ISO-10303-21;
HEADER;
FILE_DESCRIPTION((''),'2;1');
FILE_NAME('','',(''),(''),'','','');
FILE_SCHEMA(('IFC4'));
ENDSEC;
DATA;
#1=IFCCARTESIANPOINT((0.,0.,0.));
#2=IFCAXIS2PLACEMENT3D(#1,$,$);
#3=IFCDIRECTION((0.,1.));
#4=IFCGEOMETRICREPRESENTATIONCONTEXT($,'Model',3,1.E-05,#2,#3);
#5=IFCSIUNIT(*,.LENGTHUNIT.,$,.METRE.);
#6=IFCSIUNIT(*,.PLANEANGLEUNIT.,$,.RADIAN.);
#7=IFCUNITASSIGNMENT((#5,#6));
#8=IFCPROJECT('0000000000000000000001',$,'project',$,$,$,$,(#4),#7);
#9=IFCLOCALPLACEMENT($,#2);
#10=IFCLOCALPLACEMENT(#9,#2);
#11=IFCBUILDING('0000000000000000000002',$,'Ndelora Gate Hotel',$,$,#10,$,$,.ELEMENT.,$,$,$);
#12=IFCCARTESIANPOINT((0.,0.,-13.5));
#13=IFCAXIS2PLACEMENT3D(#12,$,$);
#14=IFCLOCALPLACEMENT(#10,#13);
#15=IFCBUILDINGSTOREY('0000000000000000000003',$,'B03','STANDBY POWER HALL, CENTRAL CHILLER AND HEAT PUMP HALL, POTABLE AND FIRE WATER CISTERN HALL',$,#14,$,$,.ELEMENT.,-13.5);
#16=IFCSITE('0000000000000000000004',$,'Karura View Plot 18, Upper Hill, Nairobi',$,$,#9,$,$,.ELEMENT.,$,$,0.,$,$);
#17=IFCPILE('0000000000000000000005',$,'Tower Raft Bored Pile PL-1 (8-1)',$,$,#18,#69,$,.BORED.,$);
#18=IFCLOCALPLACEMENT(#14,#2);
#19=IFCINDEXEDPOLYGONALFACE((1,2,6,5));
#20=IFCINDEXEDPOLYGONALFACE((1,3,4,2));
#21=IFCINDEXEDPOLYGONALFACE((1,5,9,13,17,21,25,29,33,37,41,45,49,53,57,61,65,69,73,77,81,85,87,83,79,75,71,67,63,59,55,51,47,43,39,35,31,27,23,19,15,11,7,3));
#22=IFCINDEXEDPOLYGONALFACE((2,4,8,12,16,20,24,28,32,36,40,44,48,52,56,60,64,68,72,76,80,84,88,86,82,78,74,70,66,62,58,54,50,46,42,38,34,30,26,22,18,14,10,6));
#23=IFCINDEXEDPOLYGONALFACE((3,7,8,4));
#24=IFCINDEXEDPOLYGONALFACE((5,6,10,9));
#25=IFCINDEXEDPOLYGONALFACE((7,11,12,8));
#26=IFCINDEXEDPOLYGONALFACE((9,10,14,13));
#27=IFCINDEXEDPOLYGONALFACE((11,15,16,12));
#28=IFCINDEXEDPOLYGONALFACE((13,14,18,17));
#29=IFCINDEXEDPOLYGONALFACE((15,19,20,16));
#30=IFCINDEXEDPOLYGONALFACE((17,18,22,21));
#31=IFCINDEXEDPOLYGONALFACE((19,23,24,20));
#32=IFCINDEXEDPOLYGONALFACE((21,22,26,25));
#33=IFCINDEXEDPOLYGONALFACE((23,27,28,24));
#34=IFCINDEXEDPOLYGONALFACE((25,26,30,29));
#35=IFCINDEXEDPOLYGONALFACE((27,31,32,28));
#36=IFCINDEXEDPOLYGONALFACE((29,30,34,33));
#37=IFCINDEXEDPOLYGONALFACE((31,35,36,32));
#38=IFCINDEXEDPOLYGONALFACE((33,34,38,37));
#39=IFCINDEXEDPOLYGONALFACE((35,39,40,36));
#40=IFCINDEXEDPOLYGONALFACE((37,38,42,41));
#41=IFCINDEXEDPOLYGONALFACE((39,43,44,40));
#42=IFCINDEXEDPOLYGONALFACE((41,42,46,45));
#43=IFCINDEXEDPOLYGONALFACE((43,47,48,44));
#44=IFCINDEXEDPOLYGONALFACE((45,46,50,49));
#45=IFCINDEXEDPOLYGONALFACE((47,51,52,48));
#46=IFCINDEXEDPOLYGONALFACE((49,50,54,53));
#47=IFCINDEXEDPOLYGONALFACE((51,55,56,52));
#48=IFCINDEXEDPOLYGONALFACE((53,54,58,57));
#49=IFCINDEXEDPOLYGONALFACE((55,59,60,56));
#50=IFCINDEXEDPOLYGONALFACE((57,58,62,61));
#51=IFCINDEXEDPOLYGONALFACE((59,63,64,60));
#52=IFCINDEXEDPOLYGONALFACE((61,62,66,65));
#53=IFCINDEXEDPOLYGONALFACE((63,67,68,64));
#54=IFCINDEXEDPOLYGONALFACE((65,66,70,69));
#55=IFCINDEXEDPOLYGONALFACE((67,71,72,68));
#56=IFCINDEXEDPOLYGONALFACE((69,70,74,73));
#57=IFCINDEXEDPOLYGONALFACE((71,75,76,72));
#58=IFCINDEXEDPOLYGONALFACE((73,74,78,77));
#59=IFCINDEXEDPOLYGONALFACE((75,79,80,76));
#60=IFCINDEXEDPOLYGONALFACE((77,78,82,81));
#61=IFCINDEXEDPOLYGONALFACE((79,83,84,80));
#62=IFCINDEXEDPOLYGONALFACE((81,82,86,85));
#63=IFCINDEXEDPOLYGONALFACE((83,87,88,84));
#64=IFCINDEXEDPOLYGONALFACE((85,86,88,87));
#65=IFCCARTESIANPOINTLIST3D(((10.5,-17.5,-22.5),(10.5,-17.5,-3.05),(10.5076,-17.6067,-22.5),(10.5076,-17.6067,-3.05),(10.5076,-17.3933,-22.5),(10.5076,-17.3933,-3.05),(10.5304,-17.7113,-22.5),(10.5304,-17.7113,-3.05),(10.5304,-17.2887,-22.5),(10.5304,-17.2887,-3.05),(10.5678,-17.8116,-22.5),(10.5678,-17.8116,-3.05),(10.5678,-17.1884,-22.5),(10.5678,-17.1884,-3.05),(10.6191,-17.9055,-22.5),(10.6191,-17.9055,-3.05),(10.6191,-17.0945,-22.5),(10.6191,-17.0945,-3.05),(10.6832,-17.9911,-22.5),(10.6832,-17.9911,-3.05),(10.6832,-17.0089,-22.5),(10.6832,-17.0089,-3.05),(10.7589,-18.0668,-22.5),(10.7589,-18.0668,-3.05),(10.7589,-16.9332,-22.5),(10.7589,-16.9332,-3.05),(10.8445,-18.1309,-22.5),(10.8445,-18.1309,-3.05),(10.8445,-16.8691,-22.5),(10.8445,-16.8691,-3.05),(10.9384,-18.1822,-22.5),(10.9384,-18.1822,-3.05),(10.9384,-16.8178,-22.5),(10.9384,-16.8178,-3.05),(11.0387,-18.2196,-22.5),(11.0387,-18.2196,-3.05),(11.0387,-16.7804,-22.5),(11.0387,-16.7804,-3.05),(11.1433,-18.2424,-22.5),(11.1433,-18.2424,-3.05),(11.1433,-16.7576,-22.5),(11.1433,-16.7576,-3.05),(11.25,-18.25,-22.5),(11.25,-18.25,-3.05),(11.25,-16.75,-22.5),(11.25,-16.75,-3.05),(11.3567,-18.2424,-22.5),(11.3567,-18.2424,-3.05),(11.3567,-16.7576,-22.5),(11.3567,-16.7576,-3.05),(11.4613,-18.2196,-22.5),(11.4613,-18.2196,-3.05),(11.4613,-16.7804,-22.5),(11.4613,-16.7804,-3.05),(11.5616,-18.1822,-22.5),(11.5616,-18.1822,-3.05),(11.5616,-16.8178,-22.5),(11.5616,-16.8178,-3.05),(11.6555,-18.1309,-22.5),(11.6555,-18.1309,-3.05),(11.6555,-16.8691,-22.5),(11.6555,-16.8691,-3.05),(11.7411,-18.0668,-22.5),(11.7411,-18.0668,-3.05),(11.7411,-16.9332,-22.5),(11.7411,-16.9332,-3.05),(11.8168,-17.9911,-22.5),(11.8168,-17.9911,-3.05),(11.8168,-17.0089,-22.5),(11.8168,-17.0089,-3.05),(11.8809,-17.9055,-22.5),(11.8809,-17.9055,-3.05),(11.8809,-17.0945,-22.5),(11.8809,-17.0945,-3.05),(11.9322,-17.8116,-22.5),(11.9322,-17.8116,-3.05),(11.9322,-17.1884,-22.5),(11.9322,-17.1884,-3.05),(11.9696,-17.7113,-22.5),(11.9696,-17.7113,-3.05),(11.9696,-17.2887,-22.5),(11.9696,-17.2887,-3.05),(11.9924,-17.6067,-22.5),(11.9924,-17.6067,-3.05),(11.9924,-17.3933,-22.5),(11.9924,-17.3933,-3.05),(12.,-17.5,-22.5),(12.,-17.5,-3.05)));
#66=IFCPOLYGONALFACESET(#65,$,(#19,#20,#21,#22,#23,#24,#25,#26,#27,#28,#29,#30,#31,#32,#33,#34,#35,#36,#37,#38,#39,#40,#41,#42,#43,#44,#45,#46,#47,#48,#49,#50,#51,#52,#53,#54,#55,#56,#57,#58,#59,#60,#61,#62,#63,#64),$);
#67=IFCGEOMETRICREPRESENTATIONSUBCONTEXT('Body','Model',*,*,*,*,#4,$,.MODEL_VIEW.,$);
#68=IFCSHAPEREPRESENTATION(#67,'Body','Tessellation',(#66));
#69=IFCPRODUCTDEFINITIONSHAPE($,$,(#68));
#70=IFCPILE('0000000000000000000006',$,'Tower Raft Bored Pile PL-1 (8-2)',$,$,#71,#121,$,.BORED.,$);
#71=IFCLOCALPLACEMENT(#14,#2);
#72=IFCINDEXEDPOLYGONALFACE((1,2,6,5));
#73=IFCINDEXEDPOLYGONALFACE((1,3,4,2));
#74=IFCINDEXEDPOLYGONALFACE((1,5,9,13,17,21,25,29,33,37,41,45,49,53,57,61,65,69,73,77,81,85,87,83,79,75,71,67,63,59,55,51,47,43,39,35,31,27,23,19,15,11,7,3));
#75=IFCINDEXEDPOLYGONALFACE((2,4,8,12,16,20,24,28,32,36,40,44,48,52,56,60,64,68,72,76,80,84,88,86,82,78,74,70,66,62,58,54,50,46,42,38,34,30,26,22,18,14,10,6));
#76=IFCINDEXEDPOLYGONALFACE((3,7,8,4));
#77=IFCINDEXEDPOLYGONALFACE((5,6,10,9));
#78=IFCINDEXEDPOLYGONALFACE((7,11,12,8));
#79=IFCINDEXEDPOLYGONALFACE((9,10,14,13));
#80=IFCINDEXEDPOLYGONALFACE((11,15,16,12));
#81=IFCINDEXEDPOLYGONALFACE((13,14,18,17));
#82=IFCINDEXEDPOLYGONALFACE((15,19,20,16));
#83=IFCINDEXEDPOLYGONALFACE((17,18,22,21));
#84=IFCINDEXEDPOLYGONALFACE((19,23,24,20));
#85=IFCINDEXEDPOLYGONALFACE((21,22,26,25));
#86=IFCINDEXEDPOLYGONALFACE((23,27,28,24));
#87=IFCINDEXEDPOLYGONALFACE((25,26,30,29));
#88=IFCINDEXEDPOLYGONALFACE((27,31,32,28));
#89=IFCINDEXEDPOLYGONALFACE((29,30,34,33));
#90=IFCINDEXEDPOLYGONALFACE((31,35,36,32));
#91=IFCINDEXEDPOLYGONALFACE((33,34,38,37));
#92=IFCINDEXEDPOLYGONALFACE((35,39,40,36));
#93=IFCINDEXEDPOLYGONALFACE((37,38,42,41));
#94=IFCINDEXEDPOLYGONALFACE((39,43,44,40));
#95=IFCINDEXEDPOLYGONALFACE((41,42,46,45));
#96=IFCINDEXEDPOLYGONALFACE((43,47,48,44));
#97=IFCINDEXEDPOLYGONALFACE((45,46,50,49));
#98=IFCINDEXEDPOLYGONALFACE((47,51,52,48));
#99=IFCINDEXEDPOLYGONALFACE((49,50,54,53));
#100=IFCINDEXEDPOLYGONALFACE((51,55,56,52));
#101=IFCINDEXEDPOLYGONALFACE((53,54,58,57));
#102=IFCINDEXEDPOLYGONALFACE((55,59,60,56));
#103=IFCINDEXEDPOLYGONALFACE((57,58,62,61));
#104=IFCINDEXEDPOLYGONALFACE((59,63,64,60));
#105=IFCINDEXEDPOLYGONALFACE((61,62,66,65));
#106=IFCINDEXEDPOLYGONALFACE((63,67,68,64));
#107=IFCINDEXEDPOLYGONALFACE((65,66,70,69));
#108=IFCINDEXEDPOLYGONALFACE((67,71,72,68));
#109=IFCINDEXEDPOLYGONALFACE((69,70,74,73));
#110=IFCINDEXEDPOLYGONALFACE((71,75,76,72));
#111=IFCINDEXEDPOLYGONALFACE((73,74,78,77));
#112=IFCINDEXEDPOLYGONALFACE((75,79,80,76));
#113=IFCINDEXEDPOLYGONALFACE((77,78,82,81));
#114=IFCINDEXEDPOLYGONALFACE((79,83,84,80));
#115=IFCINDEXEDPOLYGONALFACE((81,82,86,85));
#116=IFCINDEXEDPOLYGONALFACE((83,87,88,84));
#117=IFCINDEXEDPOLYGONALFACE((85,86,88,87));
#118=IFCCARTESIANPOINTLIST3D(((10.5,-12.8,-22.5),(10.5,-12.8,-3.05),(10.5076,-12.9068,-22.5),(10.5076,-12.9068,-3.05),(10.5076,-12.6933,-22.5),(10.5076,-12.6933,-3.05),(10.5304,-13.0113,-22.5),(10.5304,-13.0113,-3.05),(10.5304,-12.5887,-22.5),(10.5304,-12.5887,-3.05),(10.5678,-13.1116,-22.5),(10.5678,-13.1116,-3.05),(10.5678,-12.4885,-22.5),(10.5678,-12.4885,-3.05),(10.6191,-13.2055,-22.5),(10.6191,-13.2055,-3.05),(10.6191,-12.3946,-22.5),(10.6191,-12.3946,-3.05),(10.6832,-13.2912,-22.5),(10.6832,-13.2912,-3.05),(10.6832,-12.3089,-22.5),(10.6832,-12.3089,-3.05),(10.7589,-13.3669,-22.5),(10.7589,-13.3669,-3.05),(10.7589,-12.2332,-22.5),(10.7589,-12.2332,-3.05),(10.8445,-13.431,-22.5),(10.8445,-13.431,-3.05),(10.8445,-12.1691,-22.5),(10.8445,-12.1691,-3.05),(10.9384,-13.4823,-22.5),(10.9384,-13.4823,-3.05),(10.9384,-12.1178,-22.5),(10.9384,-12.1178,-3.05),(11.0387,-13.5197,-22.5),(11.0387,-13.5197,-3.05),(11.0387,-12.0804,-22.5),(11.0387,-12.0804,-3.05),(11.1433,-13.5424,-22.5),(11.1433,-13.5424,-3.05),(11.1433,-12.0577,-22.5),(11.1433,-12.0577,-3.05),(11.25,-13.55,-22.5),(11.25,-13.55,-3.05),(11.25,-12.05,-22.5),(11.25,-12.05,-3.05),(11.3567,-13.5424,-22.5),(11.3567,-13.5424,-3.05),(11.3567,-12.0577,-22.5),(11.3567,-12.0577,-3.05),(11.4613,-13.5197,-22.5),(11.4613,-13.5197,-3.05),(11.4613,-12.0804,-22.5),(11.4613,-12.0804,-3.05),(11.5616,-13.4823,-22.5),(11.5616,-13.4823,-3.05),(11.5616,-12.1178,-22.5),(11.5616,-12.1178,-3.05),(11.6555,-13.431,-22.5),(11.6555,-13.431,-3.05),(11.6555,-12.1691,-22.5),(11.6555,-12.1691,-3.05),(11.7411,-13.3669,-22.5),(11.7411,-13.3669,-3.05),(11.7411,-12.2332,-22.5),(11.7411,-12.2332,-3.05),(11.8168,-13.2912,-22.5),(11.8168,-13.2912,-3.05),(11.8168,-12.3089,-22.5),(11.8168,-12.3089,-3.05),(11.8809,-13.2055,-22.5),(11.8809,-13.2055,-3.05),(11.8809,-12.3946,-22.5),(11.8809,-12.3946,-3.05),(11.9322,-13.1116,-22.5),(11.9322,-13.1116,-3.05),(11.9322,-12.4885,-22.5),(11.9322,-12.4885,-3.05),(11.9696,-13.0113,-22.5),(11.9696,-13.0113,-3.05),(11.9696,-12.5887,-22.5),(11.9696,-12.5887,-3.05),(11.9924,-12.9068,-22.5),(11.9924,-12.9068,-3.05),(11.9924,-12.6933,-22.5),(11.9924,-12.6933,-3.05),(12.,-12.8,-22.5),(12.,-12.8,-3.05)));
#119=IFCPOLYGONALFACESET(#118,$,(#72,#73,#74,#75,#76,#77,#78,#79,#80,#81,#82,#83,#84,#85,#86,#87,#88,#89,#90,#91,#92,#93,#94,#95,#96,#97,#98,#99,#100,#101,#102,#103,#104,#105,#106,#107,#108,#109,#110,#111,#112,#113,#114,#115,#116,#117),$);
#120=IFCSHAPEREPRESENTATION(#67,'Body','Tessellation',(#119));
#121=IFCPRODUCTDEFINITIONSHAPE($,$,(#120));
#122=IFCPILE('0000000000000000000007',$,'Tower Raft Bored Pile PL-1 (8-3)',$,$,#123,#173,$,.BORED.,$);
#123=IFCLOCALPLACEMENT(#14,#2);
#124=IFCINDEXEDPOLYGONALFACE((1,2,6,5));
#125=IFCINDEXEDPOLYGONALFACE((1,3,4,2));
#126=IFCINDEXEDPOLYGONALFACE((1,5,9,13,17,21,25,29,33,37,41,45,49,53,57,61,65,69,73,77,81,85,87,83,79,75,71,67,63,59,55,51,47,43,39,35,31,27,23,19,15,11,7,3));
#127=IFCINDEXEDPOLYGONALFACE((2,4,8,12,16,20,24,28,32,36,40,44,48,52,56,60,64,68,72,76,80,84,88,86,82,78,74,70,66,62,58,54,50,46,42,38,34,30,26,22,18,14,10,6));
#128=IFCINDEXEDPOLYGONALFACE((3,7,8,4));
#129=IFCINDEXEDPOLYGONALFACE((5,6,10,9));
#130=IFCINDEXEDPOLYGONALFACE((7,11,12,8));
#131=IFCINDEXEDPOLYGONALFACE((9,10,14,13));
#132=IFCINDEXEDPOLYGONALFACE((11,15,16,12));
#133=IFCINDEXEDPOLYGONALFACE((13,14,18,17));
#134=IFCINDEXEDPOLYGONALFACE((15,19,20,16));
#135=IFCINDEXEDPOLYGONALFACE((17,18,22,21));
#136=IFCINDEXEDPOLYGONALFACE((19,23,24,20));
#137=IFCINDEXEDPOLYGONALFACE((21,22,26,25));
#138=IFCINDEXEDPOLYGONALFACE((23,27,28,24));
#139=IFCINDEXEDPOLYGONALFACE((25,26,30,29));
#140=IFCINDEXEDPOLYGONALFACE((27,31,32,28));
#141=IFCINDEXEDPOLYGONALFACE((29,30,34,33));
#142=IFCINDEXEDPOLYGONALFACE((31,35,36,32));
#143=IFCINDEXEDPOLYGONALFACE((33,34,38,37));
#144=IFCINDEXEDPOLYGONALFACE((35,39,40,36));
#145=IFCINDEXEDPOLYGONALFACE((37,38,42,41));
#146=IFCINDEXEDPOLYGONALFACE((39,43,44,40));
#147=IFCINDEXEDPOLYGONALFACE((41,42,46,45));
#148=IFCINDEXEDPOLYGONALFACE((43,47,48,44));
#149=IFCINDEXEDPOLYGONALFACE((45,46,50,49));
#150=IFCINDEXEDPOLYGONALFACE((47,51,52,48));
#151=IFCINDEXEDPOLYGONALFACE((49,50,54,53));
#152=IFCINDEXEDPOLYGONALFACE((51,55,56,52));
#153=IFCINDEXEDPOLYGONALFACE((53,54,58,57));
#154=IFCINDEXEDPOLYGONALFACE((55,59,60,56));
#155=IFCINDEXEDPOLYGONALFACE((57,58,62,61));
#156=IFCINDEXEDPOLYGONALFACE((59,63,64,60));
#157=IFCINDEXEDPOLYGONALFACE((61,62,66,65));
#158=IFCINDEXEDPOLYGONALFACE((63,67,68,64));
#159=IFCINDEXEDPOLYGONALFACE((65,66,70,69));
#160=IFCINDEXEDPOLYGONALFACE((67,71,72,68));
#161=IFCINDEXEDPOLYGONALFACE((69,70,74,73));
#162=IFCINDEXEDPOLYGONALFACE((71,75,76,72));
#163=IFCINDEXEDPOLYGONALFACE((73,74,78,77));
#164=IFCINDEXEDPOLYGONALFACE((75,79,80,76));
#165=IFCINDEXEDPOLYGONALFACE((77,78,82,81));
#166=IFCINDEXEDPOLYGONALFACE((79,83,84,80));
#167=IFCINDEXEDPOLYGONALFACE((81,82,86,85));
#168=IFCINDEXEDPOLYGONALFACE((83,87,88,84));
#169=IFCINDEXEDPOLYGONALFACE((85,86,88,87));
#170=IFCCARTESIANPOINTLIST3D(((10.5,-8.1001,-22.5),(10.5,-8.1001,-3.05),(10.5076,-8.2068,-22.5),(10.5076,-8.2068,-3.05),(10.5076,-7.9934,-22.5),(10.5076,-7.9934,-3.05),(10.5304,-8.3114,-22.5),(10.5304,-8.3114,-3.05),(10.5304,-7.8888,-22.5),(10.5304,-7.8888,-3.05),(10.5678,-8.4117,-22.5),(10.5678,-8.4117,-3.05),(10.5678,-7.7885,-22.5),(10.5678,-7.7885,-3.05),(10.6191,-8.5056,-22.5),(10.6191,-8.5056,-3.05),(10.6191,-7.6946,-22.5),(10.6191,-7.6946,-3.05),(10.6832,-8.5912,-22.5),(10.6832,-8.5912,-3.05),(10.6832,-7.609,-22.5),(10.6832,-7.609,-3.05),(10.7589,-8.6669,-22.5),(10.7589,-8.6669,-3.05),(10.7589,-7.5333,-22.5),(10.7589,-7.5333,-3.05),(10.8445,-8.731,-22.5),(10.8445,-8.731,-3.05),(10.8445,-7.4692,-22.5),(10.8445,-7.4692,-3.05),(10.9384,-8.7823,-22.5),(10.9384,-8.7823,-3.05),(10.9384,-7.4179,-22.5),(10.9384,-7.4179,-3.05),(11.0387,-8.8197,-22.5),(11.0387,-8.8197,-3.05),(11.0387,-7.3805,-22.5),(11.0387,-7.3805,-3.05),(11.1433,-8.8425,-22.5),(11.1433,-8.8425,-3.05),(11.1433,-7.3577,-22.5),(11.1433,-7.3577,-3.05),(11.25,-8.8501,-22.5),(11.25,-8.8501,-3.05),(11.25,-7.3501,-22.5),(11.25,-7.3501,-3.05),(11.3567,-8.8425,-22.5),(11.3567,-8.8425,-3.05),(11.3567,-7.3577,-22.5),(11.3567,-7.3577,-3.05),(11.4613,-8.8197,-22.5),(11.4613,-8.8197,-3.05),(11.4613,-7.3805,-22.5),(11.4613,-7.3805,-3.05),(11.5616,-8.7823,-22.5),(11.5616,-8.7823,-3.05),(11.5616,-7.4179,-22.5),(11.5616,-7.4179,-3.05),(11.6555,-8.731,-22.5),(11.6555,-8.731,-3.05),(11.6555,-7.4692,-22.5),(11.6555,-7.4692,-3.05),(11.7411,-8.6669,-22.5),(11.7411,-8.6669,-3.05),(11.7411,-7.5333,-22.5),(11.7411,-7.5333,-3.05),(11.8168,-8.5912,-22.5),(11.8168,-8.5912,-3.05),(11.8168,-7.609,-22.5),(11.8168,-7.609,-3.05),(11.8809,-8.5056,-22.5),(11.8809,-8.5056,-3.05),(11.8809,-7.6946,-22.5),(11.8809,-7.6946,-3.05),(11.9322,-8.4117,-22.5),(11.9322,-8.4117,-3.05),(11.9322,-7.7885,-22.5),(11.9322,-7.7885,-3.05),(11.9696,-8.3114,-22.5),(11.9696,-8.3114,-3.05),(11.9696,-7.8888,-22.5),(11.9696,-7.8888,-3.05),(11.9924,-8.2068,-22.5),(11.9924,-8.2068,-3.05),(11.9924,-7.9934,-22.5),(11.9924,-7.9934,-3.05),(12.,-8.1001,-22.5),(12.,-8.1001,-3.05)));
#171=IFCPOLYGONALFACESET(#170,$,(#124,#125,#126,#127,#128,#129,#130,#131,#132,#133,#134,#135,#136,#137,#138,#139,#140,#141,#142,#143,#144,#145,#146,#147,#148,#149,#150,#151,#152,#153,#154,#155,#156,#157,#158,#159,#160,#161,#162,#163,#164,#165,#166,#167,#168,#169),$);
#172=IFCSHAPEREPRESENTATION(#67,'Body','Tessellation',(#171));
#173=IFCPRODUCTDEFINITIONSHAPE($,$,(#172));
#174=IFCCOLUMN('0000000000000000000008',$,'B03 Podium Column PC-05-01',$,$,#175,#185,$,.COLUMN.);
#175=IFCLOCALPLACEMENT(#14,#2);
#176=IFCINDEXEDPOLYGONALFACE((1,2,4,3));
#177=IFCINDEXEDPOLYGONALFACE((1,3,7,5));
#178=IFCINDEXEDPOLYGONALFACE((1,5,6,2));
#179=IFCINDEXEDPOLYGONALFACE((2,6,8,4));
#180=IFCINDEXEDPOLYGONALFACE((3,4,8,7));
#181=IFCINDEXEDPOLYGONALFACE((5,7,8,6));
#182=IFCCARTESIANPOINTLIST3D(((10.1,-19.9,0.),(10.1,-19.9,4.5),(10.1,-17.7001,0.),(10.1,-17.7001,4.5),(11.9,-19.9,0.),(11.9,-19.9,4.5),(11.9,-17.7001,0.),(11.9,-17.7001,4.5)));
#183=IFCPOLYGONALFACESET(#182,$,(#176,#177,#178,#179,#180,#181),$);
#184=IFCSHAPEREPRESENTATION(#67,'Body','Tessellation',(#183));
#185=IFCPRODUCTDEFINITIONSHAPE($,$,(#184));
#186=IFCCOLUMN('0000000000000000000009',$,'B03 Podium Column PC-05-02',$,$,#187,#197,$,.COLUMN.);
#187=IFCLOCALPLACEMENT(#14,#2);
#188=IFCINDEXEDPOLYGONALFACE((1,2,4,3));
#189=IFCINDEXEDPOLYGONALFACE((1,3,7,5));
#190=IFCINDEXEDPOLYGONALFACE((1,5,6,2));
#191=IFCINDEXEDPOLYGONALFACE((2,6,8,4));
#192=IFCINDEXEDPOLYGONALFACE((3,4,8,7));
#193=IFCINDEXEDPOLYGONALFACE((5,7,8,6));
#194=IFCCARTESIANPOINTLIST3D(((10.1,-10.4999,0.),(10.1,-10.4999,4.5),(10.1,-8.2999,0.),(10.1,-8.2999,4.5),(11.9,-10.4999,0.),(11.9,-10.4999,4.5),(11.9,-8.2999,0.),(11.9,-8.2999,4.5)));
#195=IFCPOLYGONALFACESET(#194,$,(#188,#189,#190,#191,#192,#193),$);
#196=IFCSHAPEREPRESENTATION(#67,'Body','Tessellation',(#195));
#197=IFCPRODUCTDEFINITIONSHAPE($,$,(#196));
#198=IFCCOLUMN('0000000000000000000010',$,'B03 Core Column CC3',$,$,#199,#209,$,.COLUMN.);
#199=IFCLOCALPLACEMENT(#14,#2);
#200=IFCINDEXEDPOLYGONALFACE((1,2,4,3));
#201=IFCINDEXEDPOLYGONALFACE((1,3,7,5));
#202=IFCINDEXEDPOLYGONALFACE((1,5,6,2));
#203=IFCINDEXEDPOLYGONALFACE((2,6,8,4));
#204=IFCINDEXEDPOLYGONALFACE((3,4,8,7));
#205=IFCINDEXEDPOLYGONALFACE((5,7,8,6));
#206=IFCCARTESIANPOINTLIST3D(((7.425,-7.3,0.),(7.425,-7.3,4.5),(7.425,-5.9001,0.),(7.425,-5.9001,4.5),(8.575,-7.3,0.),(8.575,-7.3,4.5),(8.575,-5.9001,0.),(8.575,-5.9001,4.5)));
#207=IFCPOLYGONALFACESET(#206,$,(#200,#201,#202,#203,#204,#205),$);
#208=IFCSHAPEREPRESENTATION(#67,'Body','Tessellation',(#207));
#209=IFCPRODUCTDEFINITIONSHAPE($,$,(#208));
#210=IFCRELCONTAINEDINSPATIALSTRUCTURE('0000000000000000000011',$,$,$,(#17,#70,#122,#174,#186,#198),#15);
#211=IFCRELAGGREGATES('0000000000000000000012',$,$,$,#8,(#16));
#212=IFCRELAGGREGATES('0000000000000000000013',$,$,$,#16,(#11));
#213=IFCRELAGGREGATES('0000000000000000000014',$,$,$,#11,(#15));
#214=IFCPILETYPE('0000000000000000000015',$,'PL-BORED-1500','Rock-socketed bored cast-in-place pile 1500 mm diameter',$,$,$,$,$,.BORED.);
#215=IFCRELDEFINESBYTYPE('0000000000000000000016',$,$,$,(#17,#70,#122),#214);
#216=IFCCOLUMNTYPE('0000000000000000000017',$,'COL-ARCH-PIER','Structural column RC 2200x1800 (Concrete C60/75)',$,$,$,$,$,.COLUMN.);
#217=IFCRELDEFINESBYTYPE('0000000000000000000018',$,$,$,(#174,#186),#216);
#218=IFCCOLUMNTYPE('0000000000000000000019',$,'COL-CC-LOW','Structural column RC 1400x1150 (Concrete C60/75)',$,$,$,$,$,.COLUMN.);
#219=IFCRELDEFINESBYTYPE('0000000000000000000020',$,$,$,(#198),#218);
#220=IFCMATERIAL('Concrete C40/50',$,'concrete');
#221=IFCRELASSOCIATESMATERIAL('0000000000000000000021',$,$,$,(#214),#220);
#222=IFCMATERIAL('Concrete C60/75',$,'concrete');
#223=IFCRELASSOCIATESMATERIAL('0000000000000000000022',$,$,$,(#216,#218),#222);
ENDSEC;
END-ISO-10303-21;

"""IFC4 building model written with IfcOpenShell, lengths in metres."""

from ifc_helpers import new_model, si_unit, direction, frame, origin, origin_2d, place, context, subcontext, project, spatial, rectangle, circle, extrude, material, material_profile, profile_set, type_object, element, save


model = new_model("IFC4")

# Units and contexts
model_context = context("Model", 3, precision=1e-05, world=origin(), true_north=direction((0.0, 1.0)))
body_context = subcontext(model_context, "Body", "Model", "MODEL_VIEW")
ifc_project = project(units=[si_unit("LENGTHUNIT", "METRE"), si_unit("PLANEANGLEUNIT", "RADIAN")], contexts=[model_context])

# Site, building, storey
site_placement = place(None, origin())
site = spatial("IfcSite", under=ifc_project, at=site_placement, Name="Karura View Plot 18, Upper Hill, Nairobi", CompositionType="ELEMENT", RefElevation=0.0)
building_placement = place(site_placement, origin())
building = spatial("IfcBuilding", under=site, at=building_placement, Name="Ndelora Gate Hotel", CompositionType="ELEMENT")
storey_placement = place(building_placement, frame((0.0, 0.0, -13.5)))
storey = spatial("IfcBuildingStorey", under=building, at=storey_placement, Name="B03", Description="STANDBY POWER HALL, CENTRAL CHILLER AND HEAT PUMP HALL, POTABLE AND FIRE WATER CISTERN HALL", CompositionType="ELEMENT", Elevation=-13.5)

# Piles
ifc_material_1 = material(Name="Concrete C40/50", Category="concrete")
ifc_material_profile_1 = material_profile(ifc_material_1, circle(Radius=0.75, at=origin_2d()), Name="PILE D1500")
ifc_profile_set_1 = profile_set([ifc_material_profile_1], Name="Concrete C40/50")
pile_type = type_object("IfcPileType", Name="PL-BORED-1500", Description="Rock-socketed bored cast-in-place pile 1500 mm diameter", PredefinedType="BORED", material=ifc_profile_set_1)
for number, where, z_axis, x_axis, name in (
    (1, (11.25, -17.5, -3.05), (0.0, 0.0, -1.0), (1.0, 0.0, 0.0), "Tower Raft Bored Pile PL-1 (8-1)"),
    (2, (11.25, -12.8, -3.05), (0.0, 0.0, -1.0), (1.0, 0.0, 0.0), "Tower Raft Bored Pile PL-1 (8-2)"),
    (3, (11.25, -8.1001, -3.05), (0.0, 0.0, -1.0), (1.0, 0.0, 0.0), "Tower Raft Bored Pile PL-1 (8-3)"),
):
    element("IfcPile", number, at=place(storey_placement, frame(where, z_axis=z_axis, x_axis=x_axis)), inside=storey, type_object=pile_type, Name=name, PredefinedType="BORED", context=body_context, shape_type="SweptSolid", body=[
        extrude(circle(Radius=0.75, at=origin_2d()), origin(), (0.0, 0.0, 1.0), 19.45),
    ])

# Columns
ifc_material_2 = material(Name="Concrete C60/75", Category="concrete")
ifc_material_profile_2 = material_profile(ifc_material_2, rectangle(XDim=1.8, YDim=2.2, at=origin_2d()), Name="RC 2200x1800")
ifc_profile_set_2 = profile_set([ifc_material_profile_2], Name="Concrete C60/75")
column_type_1 = type_object("IfcColumnType", Name="COL-ARCH-PIER", Description="Structural column RC 2200x1800 (Concrete C60/75)", PredefinedType="COLUMN", material=ifc_profile_set_2)
for number, where, z_axis, x_axis, name in (
    (4, (11.0, -18.8, 0.0), (0.0, 0.0, 1.0), (1.0, 0.0, 0.0), "B03 Podium Column PC-05-01"),
    (5, (11.0, -9.3999, 0.0), (0.0, 0.0, 1.0), (1.0, 0.0, 0.0), "B03 Podium Column PC-05-02"),
):
    element("IfcColumn", number, at=place(storey_placement, frame(where, z_axis=z_axis, x_axis=x_axis)), inside=storey, type_object=column_type_1, Name=name, PredefinedType="COLUMN", context=body_context, shape_type="SweptSolid", body=[
        extrude(rectangle(XDim=1.8, YDim=2.2, at=origin_2d()), origin(), (0.0, 0.0, 1.0), 4.5),
    ])
ifc_material_profile_3 = material_profile(ifc_material_2, rectangle(XDim=1.1499, YDim=1.3999, at=origin_2d()), Name="RC 1400x1150")
ifc_profile_set_3 = profile_set([ifc_material_profile_3], Name="Concrete C60/75")
column_type_2 = type_object("IfcColumnType", Name="COL-CC-LOW", Description="Structural column RC 1400x1150 (Concrete C60/75)", PredefinedType="COLUMN", material=ifc_profile_set_3)
column_1_placement = place(storey_placement, frame((8.0, -6.6001, 0.0), z_axis=(0.0, 0.0, 1.0), x_axis=(1.0, 0.0, 0.0)))
element("IfcColumn", 6, at=column_1_placement, inside=storey, type_object=column_type_2, Name="B03 Core Column CC3", PredefinedType="COLUMN", context=body_context, shape_type="SweptSolid", body=[
    extrude(rectangle(XDim=1.1499, YDim=1.3999, at=origin_2d()), origin(), (0.0, 0.0, 1.0), 4.5),
])

save(model, "model.ifc")
